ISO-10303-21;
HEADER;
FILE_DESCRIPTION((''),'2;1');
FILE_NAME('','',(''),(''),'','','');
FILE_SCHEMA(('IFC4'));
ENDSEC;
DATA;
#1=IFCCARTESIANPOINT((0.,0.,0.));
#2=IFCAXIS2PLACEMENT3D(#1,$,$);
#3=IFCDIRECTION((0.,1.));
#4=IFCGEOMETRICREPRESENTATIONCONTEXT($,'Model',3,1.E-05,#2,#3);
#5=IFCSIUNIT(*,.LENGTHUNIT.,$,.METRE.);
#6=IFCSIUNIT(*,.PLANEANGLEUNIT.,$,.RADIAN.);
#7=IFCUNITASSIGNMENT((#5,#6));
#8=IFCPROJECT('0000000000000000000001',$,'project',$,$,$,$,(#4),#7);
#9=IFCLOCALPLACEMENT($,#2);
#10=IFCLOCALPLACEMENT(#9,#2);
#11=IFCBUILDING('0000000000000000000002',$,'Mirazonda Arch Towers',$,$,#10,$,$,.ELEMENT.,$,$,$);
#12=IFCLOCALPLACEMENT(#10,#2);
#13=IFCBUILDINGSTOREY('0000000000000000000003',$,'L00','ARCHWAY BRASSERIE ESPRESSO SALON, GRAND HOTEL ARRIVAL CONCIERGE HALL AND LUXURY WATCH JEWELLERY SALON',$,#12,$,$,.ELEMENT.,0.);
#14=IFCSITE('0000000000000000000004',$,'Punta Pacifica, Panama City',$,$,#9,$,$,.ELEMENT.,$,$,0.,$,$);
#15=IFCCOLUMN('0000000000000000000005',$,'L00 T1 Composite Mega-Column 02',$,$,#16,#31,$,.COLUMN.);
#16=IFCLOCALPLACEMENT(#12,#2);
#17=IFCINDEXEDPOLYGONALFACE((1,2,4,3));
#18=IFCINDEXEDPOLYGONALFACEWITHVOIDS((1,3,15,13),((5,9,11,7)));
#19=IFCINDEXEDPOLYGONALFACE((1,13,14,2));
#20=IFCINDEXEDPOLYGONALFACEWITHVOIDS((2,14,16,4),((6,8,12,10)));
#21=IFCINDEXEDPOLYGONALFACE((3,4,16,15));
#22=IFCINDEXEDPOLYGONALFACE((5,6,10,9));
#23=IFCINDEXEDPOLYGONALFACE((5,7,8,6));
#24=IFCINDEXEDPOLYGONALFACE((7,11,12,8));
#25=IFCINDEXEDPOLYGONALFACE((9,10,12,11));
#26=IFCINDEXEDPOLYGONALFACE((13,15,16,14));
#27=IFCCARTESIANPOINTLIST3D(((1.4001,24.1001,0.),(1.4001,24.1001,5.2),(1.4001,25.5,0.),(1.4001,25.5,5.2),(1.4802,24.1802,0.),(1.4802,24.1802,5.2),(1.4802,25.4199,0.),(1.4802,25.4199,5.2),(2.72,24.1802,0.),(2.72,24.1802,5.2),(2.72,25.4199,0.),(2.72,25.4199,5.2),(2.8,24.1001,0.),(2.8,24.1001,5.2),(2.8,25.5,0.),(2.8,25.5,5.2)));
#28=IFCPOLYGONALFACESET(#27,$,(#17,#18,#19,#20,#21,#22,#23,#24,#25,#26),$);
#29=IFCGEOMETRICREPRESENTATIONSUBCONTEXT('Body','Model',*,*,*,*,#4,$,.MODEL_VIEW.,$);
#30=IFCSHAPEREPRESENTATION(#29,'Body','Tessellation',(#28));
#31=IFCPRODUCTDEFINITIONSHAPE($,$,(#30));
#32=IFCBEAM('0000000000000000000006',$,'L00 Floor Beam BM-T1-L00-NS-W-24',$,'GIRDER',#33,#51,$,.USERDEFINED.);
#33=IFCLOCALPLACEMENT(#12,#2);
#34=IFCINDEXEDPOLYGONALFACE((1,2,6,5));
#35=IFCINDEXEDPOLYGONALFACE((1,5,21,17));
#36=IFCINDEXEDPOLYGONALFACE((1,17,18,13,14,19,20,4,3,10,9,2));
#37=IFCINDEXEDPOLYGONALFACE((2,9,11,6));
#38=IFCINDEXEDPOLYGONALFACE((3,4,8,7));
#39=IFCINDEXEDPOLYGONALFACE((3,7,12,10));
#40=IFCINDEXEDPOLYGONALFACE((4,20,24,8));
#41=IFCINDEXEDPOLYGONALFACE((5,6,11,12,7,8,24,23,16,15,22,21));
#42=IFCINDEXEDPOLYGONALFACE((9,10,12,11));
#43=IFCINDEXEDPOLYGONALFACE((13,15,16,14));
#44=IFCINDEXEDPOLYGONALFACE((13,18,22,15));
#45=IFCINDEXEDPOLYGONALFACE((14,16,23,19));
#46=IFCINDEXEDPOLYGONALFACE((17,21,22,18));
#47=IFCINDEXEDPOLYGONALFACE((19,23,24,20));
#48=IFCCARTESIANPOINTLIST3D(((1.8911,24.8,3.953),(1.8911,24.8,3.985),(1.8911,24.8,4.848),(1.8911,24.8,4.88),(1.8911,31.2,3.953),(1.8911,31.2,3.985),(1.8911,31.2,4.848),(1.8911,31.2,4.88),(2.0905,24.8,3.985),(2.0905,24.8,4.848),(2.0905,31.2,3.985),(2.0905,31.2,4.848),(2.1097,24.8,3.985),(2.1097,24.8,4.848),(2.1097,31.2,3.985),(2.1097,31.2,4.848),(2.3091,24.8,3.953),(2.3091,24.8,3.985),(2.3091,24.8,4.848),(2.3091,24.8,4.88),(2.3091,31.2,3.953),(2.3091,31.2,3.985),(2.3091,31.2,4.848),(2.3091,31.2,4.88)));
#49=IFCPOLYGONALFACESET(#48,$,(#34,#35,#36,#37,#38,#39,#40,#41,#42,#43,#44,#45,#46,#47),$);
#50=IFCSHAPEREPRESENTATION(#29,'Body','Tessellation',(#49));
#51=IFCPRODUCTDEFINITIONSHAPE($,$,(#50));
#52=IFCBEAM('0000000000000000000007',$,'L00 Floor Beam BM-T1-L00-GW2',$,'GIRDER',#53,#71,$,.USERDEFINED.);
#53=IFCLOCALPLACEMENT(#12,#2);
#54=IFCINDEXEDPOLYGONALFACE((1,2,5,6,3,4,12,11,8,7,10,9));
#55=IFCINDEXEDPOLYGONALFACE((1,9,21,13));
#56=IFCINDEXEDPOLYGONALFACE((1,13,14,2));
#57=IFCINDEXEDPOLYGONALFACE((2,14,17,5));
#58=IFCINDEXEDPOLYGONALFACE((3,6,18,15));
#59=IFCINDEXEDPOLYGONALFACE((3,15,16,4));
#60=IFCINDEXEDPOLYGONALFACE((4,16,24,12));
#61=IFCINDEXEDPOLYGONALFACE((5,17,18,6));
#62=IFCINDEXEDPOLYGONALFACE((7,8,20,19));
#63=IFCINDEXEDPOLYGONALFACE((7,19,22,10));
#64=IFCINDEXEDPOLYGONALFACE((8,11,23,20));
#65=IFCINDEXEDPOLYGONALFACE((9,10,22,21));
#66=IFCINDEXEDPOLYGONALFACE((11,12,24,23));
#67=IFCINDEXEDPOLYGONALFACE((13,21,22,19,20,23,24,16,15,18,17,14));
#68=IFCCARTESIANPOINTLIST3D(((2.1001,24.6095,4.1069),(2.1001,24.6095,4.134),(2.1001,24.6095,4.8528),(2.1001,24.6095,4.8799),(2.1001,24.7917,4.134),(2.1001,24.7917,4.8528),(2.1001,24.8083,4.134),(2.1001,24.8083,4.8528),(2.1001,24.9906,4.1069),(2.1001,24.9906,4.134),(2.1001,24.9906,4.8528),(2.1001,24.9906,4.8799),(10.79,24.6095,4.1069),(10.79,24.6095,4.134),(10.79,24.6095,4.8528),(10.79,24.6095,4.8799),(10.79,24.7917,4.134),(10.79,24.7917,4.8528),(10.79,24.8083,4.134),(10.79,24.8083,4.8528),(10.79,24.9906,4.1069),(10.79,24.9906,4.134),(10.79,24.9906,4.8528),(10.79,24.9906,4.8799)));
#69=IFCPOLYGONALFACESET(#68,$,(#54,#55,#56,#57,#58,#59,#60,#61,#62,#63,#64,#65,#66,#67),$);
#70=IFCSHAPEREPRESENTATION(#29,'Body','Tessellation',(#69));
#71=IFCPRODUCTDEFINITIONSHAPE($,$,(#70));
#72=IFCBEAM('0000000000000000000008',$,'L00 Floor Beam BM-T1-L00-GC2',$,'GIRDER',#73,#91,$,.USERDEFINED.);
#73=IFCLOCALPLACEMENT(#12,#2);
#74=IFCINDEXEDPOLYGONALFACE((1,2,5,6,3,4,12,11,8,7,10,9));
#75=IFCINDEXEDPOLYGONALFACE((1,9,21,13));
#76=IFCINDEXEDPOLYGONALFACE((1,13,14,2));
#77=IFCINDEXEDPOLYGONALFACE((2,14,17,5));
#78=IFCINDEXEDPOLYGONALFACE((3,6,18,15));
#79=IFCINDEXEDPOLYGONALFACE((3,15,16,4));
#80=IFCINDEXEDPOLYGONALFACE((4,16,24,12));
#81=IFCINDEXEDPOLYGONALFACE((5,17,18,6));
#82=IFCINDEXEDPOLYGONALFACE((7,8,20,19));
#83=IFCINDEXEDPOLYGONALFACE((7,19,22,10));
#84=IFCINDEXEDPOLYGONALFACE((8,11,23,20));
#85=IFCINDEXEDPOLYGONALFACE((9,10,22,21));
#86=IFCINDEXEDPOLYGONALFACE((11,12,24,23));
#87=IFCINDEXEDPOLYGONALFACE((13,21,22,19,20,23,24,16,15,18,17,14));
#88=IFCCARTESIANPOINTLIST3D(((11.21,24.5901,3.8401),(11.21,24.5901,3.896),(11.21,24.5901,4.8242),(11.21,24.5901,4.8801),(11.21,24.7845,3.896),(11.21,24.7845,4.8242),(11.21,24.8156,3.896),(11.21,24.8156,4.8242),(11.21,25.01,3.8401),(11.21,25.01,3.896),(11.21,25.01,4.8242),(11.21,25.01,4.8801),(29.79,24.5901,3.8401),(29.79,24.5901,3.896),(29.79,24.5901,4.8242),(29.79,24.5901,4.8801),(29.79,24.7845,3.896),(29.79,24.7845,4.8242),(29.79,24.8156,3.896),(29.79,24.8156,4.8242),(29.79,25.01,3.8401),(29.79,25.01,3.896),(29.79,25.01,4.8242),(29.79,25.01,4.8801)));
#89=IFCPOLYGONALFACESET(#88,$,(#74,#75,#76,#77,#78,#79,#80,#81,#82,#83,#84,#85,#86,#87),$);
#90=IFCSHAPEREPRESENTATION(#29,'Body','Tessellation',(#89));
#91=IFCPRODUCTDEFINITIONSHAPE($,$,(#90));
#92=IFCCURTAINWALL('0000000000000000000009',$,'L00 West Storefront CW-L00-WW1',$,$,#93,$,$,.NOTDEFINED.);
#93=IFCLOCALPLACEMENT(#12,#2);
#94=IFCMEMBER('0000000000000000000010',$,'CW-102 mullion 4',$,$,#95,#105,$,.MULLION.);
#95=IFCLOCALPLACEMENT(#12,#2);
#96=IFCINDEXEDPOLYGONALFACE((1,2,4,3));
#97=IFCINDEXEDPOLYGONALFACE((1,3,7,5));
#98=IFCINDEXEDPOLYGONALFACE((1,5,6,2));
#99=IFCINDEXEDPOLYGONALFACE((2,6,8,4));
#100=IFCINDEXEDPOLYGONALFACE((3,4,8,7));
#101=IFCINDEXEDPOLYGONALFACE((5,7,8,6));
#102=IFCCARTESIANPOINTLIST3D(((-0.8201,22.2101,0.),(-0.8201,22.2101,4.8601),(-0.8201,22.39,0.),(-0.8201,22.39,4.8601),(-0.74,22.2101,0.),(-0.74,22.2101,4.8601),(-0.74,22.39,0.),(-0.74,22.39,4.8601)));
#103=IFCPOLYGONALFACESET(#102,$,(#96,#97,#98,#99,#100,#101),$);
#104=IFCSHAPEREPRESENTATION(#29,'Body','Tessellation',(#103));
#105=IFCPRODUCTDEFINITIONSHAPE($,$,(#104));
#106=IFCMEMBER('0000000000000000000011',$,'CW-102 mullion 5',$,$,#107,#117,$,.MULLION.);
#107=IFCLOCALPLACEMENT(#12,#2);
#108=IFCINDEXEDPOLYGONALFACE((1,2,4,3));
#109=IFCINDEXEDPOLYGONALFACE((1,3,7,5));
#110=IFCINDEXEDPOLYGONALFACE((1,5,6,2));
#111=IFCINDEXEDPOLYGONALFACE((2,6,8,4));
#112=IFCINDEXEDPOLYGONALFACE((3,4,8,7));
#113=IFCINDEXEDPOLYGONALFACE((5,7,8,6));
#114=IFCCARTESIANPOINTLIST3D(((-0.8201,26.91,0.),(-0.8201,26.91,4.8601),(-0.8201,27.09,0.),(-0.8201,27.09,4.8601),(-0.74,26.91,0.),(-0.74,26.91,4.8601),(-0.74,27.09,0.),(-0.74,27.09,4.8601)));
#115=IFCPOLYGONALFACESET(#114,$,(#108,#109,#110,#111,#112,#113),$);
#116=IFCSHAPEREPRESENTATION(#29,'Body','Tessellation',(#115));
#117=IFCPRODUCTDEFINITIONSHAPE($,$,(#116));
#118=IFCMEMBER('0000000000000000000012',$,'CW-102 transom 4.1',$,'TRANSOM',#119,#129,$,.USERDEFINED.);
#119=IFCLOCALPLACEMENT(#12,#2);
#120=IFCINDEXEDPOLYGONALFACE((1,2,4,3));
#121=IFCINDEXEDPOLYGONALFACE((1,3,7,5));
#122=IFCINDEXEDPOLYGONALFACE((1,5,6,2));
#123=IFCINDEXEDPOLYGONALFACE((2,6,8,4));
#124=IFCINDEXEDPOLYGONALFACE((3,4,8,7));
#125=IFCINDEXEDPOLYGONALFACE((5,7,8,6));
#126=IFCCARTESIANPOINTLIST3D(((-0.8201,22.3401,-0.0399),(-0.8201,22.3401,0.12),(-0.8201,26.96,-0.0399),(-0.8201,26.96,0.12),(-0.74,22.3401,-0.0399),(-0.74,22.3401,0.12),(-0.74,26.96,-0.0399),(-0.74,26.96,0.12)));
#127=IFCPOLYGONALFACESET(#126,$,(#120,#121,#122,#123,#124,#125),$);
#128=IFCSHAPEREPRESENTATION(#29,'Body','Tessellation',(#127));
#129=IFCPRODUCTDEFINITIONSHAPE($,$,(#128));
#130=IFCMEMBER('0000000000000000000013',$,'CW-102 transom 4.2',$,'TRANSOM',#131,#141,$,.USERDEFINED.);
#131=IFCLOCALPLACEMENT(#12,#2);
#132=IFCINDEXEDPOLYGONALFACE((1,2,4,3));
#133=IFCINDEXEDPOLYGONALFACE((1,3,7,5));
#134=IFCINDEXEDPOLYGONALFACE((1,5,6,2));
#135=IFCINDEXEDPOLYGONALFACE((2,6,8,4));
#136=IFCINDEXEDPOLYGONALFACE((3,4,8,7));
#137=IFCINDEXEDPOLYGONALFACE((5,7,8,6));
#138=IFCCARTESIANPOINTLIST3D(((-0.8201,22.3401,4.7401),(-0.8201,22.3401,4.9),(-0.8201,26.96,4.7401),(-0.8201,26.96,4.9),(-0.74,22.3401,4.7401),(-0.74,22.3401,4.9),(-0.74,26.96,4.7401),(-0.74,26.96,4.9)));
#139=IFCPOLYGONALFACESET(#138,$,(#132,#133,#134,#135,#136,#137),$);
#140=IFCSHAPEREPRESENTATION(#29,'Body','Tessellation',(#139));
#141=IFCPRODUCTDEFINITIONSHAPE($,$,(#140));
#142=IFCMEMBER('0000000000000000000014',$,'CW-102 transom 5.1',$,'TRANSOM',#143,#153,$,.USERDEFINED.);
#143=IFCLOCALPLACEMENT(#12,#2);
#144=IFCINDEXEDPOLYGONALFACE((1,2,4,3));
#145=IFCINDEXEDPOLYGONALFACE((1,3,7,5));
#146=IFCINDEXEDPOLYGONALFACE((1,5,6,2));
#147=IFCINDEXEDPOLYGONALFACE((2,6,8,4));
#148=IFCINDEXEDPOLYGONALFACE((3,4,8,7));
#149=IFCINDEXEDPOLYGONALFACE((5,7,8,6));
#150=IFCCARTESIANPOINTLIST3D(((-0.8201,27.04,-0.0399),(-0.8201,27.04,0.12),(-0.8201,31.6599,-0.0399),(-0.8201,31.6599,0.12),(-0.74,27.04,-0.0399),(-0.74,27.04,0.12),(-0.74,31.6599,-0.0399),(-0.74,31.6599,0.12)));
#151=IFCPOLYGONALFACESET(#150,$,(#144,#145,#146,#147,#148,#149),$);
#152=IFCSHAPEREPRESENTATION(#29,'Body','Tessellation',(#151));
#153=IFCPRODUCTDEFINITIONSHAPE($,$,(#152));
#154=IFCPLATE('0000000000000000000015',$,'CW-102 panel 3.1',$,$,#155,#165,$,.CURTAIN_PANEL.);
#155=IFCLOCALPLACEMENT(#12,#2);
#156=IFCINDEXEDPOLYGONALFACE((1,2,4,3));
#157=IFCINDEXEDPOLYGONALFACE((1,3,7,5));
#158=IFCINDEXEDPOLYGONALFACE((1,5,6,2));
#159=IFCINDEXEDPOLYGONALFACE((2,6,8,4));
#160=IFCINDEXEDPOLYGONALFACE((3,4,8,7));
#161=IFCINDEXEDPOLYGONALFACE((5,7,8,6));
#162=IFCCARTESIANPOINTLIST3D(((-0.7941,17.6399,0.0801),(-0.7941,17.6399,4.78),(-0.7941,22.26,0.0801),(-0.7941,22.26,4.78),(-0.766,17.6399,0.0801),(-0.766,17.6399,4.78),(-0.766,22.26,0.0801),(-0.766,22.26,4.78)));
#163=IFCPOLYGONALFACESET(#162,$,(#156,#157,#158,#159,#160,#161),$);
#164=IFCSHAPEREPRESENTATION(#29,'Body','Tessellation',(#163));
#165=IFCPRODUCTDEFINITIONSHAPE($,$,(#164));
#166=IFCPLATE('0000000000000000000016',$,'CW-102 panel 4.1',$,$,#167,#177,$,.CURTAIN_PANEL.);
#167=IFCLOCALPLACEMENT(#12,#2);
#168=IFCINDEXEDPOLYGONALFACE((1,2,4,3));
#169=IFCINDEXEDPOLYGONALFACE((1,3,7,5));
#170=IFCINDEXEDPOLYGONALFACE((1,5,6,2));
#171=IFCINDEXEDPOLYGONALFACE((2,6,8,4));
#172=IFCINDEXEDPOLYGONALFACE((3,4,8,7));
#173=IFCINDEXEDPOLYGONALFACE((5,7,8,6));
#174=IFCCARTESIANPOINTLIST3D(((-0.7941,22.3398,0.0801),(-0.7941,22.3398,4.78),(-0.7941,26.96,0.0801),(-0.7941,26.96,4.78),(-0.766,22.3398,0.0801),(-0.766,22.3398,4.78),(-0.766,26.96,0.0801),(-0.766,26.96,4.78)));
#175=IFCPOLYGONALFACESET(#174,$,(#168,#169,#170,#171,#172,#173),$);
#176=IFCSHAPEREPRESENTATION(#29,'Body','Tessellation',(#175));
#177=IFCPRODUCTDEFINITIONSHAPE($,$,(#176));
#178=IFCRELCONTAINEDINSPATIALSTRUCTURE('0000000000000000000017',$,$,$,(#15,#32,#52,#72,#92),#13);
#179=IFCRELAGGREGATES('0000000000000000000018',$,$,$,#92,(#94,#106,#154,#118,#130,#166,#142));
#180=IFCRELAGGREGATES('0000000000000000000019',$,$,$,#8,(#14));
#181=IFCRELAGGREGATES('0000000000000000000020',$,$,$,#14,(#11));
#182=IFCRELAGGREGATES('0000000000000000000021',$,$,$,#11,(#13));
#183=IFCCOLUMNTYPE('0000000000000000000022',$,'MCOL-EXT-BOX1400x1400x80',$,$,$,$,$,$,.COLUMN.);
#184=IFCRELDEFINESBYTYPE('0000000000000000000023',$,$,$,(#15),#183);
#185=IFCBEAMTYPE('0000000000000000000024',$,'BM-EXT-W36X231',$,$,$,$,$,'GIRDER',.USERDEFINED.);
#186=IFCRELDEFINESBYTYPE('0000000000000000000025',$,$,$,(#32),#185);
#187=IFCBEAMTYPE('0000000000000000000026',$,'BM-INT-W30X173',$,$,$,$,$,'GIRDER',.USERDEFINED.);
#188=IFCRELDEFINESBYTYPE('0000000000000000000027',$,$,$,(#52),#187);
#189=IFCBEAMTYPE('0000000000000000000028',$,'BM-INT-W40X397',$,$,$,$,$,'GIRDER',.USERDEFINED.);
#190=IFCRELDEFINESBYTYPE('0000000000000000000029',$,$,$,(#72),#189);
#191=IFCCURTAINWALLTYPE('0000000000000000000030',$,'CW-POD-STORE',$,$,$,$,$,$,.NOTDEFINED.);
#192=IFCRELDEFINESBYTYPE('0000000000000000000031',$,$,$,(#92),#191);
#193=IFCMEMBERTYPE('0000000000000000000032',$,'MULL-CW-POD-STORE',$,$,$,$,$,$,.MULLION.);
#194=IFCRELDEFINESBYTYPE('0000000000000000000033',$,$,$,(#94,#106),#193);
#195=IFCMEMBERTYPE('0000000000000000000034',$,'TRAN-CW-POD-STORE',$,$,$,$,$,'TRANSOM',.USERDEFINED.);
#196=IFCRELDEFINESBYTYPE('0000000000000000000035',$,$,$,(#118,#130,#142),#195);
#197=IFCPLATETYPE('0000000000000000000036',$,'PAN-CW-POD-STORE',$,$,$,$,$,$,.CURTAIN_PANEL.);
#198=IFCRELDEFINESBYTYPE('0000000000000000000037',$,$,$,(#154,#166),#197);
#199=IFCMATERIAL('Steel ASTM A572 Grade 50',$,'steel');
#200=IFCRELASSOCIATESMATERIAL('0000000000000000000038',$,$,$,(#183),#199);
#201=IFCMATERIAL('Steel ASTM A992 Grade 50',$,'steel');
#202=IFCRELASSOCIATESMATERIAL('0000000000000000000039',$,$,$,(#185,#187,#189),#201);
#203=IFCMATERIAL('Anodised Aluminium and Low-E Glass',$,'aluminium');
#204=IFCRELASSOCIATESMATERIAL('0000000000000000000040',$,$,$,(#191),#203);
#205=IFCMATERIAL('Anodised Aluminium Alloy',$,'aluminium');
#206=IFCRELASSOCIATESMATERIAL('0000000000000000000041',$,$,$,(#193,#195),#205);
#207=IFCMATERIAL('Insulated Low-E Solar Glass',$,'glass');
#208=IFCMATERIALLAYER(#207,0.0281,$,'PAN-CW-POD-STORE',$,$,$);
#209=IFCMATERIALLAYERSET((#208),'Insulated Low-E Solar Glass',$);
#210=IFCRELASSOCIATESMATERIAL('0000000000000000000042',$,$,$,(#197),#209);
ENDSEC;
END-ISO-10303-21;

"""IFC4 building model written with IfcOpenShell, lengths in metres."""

from ifc_helpers import new_model, si_unit, direction, frame, origin, origin_2d, place, context, subcontext, project, spatial, rectangle, hollow_rectangle, i_section, extrude, material, layer, layer_set, material_profile, profile_set, type_object, element, aggregate, save


model = new_model("IFC4")

# Units and contexts
model_context = context("Model", 3, precision=1e-05, world=origin(), true_north=direction((0.0, 1.0)))
body_context = subcontext(model_context, "Body", "Model", "MODEL_VIEW")
ifc_project = project(units=[si_unit("LENGTHUNIT", "METRE"), si_unit("PLANEANGLEUNIT", "RADIAN")], contexts=[model_context])

# Site, building, storey
site_placement = place(None, origin())
site = spatial("IfcSite", under=ifc_project, at=site_placement, Name="Punta Pacifica, Panama City", CompositionType="ELEMENT", RefElevation=0.0)
building_placement = place(site_placement, origin())
building = spatial("IfcBuilding", under=site, at=building_placement, Name="Mirazonda Arch Towers", CompositionType="ELEMENT")
storey_placement = place(building_placement, origin())
storey = spatial("IfcBuildingStorey", under=building, at=storey_placement, Name="L00", Description="ARCHWAY BRASSERIE ESPRESSO SALON, GRAND HOTEL ARRIVAL CONCIERGE HALL AND LUXURY WATCH JEWELLERY SALON", CompositionType="ELEMENT", Elevation=0.0)

# Column
ifc_material_1 = material(Name="Steel ASTM A572 Grade 50", Category="steel")
ifc_material_profile_1 = material_profile(ifc_material_1, hollow_rectangle(XDim=1.3999, YDim=1.3999, WallThickness=0.0801, at=origin_2d()), Name="BOX1400x1400x80")
ifc_profile_set_1 = profile_set([ifc_material_profile_1], Name="Steel ASTM A572 Grade 50")
column_type = type_object("IfcColumnType", Name="MCOL-EXT-BOX1400x1400x80", PredefinedType="COLUMN", material=ifc_profile_set_1)
column_placement = place(storey_placement, frame((2.1001, 24.8, 0.0), z_axis=(0.0, 0.0, 1.0), x_axis=(1.0, 0.0, 0.0)))
element("IfcColumn", 1, at=column_placement, inside=storey, type_object=column_type, Name="L00 T1 Composite Mega-Column 02", PredefinedType="COLUMN", context=body_context, shape_type="SweptSolid", body=[
    extrude(hollow_rectangle(XDim=1.3999, YDim=1.3999, WallThickness=0.0801, at=origin_2d()), origin(), (0.0, 0.0, 1.0), 5.2),
])

# Beams
ifc_material_2 = material(Name="Steel ASTM A992 Grade 50", Category="steel")
ifc_material_profile_2 = material_profile(ifc_material_2, i_section(OverallWidth=0.418, OverallDepth=0.927, WebThickness=0.0193, FlangeThickness=0.032, at=origin_2d()), Name="W36X231")
ifc_profile_set_2 = profile_set([ifc_material_profile_2], Name="Steel ASTM A992 Grade 50")
beam_type_1 = type_object("IfcBeamType", Name="BM-EXT-W36X231", ElementType="GIRDER", PredefinedType="USERDEFINED", material=ifc_profile_set_2)
beam_1_placement = place(storey_placement, frame((2.1001, 24.8, 4.4165), z_axis=(0.0, 1.0, 0.0), x_axis=(-1.0, 0.0, 0.0)))
element("IfcBeam", 2, at=beam_1_placement, inside=storey, type_object=beam_type_1, Name="L00 Floor Beam BM-T1-L00-NS-W-24", ObjectType="GIRDER", PredefinedType="USERDEFINED", context=body_context, shape_type="SweptSolid", body=[
    extrude(i_section(OverallWidth=0.418, OverallDepth=0.927, WebThickness=0.0193, FlangeThickness=0.032, at=origin_2d()), origin(), (0.0, 0.0, 1.0), 6.3999),
])
ifc_material_profile_3 = material_profile(ifc_material_2, i_section(OverallWidth=0.3811, OverallDepth=0.7729, WebThickness=0.0166, FlangeThickness=0.0271, at=origin_2d()), Name="W30X173")
ifc_profile_set_3 = profile_set([ifc_material_profile_3], Name="Steel ASTM A992 Grade 50")
beam_type_2 = type_object("IfcBeamType", Name="BM-INT-W30X173", ElementType="GIRDER", PredefinedType="USERDEFINED", material=ifc_profile_set_3)
beam_2_placement = place(storey_placement, frame((2.1001, 24.8, 4.4934), z_axis=(1.0, 0.0, 0.0), x_axis=(0.0, 1.0, 0.0)))
element("IfcBeam", 3, at=beam_2_placement, inside=storey, type_object=beam_type_2, Name="L00 Floor Beam BM-T1-L00-GW2", ObjectType="GIRDER", PredefinedType="USERDEFINED", context=body_context, shape_type="SweptSolid", body=[
    extrude(i_section(OverallWidth=0.3811, OverallDepth=0.7729, WebThickness=0.0166, FlangeThickness=0.0271, at=origin_2d()), origin(), (0.0, 0.0, 1.0), 8.6899),
])
ifc_material_profile_4 = material_profile(ifc_material_2, i_section(OverallWidth=0.4199, OverallDepth=1.04, WebThickness=0.031, FlangeThickness=0.0559, at=origin_2d()), Name="W40X397")
ifc_profile_set_4 = profile_set([ifc_material_profile_4], Name="Steel ASTM A992 Grade 50")
beam_type_3 = type_object("IfcBeamType", Name="BM-INT-W40X397", ElementType="GIRDER", PredefinedType="USERDEFINED", material=ifc_profile_set_4)
beam_3_placement = place(storey_placement, frame((11.21, 24.8, 4.3601), z_axis=(1.0, 0.0, 0.0), x_axis=(0.0, 1.0, 0.0)))
element("IfcBeam", 4, at=beam_3_placement, inside=storey, type_object=beam_type_3, Name="L00 Floor Beam BM-T1-L00-GC2", ObjectType="GIRDER", PredefinedType="USERDEFINED", context=body_context, shape_type="SweptSolid", body=[
    extrude(i_section(OverallWidth=0.4199, OverallDepth=1.04, WebThickness=0.031, FlangeThickness=0.0559, at=origin_2d()), origin(), (0.0, 0.0, 1.0), 18.5801),
])

# Curtain wall, members, plates
ifc_material_3 = material(Name="Anodised Aluminium and Low-E Glass", Category="aluminium")
curtain_wall_type = type_object("IfcCurtainWallType", Name="CW-POD-STORE", PredefinedType="NOTDEFINED", material=ifc_material_3)
curtain_wall_placement = place(storey_placement, origin())
curtain_wall = element("IfcCurtainWall", 5, at=curtain_wall_placement, inside=storey, type_object=curtain_wall_type, Name="L00 West Storefront CW-L00-WW1", PredefinedType="NOTDEFINED")
ifc_material_4 = material(Name="Anodised Aluminium Alloy", Category="aluminium")
ifc_material_profile_5 = material_profile(ifc_material_4, rectangle(XDim=0.0801, YDim=0.1799, at=origin_2d()), Name="ALU-MULL-80x180")
ifc_profile_set_5 = profile_set([ifc_material_profile_5], Name="Anodised Aluminium Alloy")
member_type_1 = type_object("IfcMemberType", Name="MULL-CW-POD-STORE", PredefinedType="MULLION", material=ifc_profile_set_5)
member_1_placement = place(storey_placement, frame((-0.78, 22.3, 0.0), z_axis=(0.0, 0.0, 1.0), x_axis=(-1.0, 0.0, 0.0)))
member_1 = element("IfcMember", 6, at=member_1_placement, type_object=member_type_1, Name="CW-102 mullion 4", PredefinedType="MULLION", context=body_context, shape_type="SweptSolid", body=[
    extrude(rectangle(XDim=0.0801, YDim=0.1799, at=origin_2d()), origin(), (0.0, 0.0, 1.0), 4.8601),
])
member_2_placement = place(storey_placement, frame((-0.78, 27.0, 0.0), z_axis=(0.0, 0.0, 1.0), x_axis=(-1.0, 0.0, 0.0)))
member_2 = element("IfcMember", 7, at=member_2_placement, type_object=member_type_1, Name="CW-102 mullion 5", PredefinedType="MULLION", context=body_context, shape_type="SweptSolid", body=[
    extrude(rectangle(XDim=0.0801, YDim=0.1799, at=origin_2d()), origin(), (0.0, 0.0, 1.0), 4.8601),
])
ifc_material_profile_6 = material_profile(ifc_material_4, rectangle(XDim=0.0801, YDim=0.1599, at=origin_2d()), Name="ALU-TRAN-80x160")
ifc_profile_set_6 = profile_set([ifc_material_profile_6], Name="Anodised Aluminium Alloy")
member_type_2 = type_object("IfcMemberType", Name="TRAN-CW-POD-STORE", ElementType="TRANSOM", PredefinedType="USERDEFINED", material=ifc_profile_set_6)
member_3_placement = place(storey_placement, frame((-0.78, 22.3401, 0.04), z_axis=(0.0, 1.0, 0.0), x_axis=(-1.0, 0.0, 0.0)))
member_3 = element("IfcMember", 8, at=member_3_placement, type_object=member_type_2, Name="CW-102 transom 4.1", ObjectType="TRANSOM", PredefinedType="USERDEFINED", context=body_context, shape_type="SweptSolid", body=[
    extrude(rectangle(XDim=0.0801, YDim=0.1599, at=origin_2d()), origin(), (0.0, 0.0, 1.0), 4.6199),
])
member_4_placement = place(storey_placement, frame((-0.78, 22.3401, 4.8201), z_axis=(0.0, 1.0, 0.0), x_axis=(-1.0, 0.0, 0.0)))
member_4 = element("IfcMember", 9, at=member_4_placement, type_object=member_type_2, Name="CW-102 transom 4.2", ObjectType="TRANSOM", PredefinedType="USERDEFINED", context=body_context, shape_type="SweptSolid", body=[
    extrude(rectangle(XDim=0.0801, YDim=0.1599, at=origin_2d()), origin(), (0.0, 0.0, 1.0), 4.6199),
])
member_5_placement = place(storey_placement, frame((-0.78, 27.04, 0.04), z_axis=(0.0, 1.0, 0.0), x_axis=(-1.0, 0.0, 0.0)))
member_5 = element("IfcMember", 10, at=member_5_placement, type_object=member_type_2, Name="CW-102 transom 5.1", ObjectType="TRANSOM", PredefinedType="USERDEFINED", context=body_context, shape_type="SweptSolid", body=[
    extrude(rectangle(XDim=0.0801, YDim=0.1599, at=origin_2d()), origin(), (0.0, 0.0, 1.0), 4.6199),
])
ifc_material_5 = material(Name="Insulated Low-E Solar Glass", Category="glass")
ifc_layer_1 = layer(ifc_material_5, 0.0281, Name="PAN-CW-POD-STORE")
ifc_layer_set_1 = layer_set([ifc_layer_1], Name="Insulated Low-E Solar Glass")
plate_type = type_object("IfcPlateType", Name="PAN-CW-POD-STORE", PredefinedType="CURTAIN_PANEL", material=ifc_layer_set_1)
plate_1_placement = place(storey_placement, frame((-0.78, 19.95, 0.0801), z_axis=(0.0, 0.0, 1.0), x_axis=(0.0, 1.0, 0.0)))
plate_1 = element("IfcPlate", 11, at=plate_1_placement, type_object=plate_type, Name="CW-102 panel 3.1", PredefinedType="CURTAIN_PANEL", context=body_context, shape_type="SweptSolid", body=[
    extrude(rectangle(XDim=4.6201, YDim=0.0281, at=origin_2d()), origin(), (0.0, 0.0, 1.0), 4.7),
])
plate_2_placement = place(storey_placement, frame((-0.78, 24.6499, 0.0801), z_axis=(0.0, 0.0, 1.0), x_axis=(0.0, 1.0, 0.0)))
plate_2 = element("IfcPlate", 12, at=plate_2_placement, type_object=plate_type, Name="CW-102 panel 4.1", PredefinedType="CURTAIN_PANEL", context=body_context, shape_type="SweptSolid", body=[
    extrude(rectangle(XDim=4.6201, YDim=0.0281, at=origin_2d()), origin(), (0.0, 0.0, 1.0), 4.7),
])
aggregate(curtain_wall, [member_1, member_2, plate_1, member_3, member_4, plate_2, member_5])

save(model, "model.ifc")
